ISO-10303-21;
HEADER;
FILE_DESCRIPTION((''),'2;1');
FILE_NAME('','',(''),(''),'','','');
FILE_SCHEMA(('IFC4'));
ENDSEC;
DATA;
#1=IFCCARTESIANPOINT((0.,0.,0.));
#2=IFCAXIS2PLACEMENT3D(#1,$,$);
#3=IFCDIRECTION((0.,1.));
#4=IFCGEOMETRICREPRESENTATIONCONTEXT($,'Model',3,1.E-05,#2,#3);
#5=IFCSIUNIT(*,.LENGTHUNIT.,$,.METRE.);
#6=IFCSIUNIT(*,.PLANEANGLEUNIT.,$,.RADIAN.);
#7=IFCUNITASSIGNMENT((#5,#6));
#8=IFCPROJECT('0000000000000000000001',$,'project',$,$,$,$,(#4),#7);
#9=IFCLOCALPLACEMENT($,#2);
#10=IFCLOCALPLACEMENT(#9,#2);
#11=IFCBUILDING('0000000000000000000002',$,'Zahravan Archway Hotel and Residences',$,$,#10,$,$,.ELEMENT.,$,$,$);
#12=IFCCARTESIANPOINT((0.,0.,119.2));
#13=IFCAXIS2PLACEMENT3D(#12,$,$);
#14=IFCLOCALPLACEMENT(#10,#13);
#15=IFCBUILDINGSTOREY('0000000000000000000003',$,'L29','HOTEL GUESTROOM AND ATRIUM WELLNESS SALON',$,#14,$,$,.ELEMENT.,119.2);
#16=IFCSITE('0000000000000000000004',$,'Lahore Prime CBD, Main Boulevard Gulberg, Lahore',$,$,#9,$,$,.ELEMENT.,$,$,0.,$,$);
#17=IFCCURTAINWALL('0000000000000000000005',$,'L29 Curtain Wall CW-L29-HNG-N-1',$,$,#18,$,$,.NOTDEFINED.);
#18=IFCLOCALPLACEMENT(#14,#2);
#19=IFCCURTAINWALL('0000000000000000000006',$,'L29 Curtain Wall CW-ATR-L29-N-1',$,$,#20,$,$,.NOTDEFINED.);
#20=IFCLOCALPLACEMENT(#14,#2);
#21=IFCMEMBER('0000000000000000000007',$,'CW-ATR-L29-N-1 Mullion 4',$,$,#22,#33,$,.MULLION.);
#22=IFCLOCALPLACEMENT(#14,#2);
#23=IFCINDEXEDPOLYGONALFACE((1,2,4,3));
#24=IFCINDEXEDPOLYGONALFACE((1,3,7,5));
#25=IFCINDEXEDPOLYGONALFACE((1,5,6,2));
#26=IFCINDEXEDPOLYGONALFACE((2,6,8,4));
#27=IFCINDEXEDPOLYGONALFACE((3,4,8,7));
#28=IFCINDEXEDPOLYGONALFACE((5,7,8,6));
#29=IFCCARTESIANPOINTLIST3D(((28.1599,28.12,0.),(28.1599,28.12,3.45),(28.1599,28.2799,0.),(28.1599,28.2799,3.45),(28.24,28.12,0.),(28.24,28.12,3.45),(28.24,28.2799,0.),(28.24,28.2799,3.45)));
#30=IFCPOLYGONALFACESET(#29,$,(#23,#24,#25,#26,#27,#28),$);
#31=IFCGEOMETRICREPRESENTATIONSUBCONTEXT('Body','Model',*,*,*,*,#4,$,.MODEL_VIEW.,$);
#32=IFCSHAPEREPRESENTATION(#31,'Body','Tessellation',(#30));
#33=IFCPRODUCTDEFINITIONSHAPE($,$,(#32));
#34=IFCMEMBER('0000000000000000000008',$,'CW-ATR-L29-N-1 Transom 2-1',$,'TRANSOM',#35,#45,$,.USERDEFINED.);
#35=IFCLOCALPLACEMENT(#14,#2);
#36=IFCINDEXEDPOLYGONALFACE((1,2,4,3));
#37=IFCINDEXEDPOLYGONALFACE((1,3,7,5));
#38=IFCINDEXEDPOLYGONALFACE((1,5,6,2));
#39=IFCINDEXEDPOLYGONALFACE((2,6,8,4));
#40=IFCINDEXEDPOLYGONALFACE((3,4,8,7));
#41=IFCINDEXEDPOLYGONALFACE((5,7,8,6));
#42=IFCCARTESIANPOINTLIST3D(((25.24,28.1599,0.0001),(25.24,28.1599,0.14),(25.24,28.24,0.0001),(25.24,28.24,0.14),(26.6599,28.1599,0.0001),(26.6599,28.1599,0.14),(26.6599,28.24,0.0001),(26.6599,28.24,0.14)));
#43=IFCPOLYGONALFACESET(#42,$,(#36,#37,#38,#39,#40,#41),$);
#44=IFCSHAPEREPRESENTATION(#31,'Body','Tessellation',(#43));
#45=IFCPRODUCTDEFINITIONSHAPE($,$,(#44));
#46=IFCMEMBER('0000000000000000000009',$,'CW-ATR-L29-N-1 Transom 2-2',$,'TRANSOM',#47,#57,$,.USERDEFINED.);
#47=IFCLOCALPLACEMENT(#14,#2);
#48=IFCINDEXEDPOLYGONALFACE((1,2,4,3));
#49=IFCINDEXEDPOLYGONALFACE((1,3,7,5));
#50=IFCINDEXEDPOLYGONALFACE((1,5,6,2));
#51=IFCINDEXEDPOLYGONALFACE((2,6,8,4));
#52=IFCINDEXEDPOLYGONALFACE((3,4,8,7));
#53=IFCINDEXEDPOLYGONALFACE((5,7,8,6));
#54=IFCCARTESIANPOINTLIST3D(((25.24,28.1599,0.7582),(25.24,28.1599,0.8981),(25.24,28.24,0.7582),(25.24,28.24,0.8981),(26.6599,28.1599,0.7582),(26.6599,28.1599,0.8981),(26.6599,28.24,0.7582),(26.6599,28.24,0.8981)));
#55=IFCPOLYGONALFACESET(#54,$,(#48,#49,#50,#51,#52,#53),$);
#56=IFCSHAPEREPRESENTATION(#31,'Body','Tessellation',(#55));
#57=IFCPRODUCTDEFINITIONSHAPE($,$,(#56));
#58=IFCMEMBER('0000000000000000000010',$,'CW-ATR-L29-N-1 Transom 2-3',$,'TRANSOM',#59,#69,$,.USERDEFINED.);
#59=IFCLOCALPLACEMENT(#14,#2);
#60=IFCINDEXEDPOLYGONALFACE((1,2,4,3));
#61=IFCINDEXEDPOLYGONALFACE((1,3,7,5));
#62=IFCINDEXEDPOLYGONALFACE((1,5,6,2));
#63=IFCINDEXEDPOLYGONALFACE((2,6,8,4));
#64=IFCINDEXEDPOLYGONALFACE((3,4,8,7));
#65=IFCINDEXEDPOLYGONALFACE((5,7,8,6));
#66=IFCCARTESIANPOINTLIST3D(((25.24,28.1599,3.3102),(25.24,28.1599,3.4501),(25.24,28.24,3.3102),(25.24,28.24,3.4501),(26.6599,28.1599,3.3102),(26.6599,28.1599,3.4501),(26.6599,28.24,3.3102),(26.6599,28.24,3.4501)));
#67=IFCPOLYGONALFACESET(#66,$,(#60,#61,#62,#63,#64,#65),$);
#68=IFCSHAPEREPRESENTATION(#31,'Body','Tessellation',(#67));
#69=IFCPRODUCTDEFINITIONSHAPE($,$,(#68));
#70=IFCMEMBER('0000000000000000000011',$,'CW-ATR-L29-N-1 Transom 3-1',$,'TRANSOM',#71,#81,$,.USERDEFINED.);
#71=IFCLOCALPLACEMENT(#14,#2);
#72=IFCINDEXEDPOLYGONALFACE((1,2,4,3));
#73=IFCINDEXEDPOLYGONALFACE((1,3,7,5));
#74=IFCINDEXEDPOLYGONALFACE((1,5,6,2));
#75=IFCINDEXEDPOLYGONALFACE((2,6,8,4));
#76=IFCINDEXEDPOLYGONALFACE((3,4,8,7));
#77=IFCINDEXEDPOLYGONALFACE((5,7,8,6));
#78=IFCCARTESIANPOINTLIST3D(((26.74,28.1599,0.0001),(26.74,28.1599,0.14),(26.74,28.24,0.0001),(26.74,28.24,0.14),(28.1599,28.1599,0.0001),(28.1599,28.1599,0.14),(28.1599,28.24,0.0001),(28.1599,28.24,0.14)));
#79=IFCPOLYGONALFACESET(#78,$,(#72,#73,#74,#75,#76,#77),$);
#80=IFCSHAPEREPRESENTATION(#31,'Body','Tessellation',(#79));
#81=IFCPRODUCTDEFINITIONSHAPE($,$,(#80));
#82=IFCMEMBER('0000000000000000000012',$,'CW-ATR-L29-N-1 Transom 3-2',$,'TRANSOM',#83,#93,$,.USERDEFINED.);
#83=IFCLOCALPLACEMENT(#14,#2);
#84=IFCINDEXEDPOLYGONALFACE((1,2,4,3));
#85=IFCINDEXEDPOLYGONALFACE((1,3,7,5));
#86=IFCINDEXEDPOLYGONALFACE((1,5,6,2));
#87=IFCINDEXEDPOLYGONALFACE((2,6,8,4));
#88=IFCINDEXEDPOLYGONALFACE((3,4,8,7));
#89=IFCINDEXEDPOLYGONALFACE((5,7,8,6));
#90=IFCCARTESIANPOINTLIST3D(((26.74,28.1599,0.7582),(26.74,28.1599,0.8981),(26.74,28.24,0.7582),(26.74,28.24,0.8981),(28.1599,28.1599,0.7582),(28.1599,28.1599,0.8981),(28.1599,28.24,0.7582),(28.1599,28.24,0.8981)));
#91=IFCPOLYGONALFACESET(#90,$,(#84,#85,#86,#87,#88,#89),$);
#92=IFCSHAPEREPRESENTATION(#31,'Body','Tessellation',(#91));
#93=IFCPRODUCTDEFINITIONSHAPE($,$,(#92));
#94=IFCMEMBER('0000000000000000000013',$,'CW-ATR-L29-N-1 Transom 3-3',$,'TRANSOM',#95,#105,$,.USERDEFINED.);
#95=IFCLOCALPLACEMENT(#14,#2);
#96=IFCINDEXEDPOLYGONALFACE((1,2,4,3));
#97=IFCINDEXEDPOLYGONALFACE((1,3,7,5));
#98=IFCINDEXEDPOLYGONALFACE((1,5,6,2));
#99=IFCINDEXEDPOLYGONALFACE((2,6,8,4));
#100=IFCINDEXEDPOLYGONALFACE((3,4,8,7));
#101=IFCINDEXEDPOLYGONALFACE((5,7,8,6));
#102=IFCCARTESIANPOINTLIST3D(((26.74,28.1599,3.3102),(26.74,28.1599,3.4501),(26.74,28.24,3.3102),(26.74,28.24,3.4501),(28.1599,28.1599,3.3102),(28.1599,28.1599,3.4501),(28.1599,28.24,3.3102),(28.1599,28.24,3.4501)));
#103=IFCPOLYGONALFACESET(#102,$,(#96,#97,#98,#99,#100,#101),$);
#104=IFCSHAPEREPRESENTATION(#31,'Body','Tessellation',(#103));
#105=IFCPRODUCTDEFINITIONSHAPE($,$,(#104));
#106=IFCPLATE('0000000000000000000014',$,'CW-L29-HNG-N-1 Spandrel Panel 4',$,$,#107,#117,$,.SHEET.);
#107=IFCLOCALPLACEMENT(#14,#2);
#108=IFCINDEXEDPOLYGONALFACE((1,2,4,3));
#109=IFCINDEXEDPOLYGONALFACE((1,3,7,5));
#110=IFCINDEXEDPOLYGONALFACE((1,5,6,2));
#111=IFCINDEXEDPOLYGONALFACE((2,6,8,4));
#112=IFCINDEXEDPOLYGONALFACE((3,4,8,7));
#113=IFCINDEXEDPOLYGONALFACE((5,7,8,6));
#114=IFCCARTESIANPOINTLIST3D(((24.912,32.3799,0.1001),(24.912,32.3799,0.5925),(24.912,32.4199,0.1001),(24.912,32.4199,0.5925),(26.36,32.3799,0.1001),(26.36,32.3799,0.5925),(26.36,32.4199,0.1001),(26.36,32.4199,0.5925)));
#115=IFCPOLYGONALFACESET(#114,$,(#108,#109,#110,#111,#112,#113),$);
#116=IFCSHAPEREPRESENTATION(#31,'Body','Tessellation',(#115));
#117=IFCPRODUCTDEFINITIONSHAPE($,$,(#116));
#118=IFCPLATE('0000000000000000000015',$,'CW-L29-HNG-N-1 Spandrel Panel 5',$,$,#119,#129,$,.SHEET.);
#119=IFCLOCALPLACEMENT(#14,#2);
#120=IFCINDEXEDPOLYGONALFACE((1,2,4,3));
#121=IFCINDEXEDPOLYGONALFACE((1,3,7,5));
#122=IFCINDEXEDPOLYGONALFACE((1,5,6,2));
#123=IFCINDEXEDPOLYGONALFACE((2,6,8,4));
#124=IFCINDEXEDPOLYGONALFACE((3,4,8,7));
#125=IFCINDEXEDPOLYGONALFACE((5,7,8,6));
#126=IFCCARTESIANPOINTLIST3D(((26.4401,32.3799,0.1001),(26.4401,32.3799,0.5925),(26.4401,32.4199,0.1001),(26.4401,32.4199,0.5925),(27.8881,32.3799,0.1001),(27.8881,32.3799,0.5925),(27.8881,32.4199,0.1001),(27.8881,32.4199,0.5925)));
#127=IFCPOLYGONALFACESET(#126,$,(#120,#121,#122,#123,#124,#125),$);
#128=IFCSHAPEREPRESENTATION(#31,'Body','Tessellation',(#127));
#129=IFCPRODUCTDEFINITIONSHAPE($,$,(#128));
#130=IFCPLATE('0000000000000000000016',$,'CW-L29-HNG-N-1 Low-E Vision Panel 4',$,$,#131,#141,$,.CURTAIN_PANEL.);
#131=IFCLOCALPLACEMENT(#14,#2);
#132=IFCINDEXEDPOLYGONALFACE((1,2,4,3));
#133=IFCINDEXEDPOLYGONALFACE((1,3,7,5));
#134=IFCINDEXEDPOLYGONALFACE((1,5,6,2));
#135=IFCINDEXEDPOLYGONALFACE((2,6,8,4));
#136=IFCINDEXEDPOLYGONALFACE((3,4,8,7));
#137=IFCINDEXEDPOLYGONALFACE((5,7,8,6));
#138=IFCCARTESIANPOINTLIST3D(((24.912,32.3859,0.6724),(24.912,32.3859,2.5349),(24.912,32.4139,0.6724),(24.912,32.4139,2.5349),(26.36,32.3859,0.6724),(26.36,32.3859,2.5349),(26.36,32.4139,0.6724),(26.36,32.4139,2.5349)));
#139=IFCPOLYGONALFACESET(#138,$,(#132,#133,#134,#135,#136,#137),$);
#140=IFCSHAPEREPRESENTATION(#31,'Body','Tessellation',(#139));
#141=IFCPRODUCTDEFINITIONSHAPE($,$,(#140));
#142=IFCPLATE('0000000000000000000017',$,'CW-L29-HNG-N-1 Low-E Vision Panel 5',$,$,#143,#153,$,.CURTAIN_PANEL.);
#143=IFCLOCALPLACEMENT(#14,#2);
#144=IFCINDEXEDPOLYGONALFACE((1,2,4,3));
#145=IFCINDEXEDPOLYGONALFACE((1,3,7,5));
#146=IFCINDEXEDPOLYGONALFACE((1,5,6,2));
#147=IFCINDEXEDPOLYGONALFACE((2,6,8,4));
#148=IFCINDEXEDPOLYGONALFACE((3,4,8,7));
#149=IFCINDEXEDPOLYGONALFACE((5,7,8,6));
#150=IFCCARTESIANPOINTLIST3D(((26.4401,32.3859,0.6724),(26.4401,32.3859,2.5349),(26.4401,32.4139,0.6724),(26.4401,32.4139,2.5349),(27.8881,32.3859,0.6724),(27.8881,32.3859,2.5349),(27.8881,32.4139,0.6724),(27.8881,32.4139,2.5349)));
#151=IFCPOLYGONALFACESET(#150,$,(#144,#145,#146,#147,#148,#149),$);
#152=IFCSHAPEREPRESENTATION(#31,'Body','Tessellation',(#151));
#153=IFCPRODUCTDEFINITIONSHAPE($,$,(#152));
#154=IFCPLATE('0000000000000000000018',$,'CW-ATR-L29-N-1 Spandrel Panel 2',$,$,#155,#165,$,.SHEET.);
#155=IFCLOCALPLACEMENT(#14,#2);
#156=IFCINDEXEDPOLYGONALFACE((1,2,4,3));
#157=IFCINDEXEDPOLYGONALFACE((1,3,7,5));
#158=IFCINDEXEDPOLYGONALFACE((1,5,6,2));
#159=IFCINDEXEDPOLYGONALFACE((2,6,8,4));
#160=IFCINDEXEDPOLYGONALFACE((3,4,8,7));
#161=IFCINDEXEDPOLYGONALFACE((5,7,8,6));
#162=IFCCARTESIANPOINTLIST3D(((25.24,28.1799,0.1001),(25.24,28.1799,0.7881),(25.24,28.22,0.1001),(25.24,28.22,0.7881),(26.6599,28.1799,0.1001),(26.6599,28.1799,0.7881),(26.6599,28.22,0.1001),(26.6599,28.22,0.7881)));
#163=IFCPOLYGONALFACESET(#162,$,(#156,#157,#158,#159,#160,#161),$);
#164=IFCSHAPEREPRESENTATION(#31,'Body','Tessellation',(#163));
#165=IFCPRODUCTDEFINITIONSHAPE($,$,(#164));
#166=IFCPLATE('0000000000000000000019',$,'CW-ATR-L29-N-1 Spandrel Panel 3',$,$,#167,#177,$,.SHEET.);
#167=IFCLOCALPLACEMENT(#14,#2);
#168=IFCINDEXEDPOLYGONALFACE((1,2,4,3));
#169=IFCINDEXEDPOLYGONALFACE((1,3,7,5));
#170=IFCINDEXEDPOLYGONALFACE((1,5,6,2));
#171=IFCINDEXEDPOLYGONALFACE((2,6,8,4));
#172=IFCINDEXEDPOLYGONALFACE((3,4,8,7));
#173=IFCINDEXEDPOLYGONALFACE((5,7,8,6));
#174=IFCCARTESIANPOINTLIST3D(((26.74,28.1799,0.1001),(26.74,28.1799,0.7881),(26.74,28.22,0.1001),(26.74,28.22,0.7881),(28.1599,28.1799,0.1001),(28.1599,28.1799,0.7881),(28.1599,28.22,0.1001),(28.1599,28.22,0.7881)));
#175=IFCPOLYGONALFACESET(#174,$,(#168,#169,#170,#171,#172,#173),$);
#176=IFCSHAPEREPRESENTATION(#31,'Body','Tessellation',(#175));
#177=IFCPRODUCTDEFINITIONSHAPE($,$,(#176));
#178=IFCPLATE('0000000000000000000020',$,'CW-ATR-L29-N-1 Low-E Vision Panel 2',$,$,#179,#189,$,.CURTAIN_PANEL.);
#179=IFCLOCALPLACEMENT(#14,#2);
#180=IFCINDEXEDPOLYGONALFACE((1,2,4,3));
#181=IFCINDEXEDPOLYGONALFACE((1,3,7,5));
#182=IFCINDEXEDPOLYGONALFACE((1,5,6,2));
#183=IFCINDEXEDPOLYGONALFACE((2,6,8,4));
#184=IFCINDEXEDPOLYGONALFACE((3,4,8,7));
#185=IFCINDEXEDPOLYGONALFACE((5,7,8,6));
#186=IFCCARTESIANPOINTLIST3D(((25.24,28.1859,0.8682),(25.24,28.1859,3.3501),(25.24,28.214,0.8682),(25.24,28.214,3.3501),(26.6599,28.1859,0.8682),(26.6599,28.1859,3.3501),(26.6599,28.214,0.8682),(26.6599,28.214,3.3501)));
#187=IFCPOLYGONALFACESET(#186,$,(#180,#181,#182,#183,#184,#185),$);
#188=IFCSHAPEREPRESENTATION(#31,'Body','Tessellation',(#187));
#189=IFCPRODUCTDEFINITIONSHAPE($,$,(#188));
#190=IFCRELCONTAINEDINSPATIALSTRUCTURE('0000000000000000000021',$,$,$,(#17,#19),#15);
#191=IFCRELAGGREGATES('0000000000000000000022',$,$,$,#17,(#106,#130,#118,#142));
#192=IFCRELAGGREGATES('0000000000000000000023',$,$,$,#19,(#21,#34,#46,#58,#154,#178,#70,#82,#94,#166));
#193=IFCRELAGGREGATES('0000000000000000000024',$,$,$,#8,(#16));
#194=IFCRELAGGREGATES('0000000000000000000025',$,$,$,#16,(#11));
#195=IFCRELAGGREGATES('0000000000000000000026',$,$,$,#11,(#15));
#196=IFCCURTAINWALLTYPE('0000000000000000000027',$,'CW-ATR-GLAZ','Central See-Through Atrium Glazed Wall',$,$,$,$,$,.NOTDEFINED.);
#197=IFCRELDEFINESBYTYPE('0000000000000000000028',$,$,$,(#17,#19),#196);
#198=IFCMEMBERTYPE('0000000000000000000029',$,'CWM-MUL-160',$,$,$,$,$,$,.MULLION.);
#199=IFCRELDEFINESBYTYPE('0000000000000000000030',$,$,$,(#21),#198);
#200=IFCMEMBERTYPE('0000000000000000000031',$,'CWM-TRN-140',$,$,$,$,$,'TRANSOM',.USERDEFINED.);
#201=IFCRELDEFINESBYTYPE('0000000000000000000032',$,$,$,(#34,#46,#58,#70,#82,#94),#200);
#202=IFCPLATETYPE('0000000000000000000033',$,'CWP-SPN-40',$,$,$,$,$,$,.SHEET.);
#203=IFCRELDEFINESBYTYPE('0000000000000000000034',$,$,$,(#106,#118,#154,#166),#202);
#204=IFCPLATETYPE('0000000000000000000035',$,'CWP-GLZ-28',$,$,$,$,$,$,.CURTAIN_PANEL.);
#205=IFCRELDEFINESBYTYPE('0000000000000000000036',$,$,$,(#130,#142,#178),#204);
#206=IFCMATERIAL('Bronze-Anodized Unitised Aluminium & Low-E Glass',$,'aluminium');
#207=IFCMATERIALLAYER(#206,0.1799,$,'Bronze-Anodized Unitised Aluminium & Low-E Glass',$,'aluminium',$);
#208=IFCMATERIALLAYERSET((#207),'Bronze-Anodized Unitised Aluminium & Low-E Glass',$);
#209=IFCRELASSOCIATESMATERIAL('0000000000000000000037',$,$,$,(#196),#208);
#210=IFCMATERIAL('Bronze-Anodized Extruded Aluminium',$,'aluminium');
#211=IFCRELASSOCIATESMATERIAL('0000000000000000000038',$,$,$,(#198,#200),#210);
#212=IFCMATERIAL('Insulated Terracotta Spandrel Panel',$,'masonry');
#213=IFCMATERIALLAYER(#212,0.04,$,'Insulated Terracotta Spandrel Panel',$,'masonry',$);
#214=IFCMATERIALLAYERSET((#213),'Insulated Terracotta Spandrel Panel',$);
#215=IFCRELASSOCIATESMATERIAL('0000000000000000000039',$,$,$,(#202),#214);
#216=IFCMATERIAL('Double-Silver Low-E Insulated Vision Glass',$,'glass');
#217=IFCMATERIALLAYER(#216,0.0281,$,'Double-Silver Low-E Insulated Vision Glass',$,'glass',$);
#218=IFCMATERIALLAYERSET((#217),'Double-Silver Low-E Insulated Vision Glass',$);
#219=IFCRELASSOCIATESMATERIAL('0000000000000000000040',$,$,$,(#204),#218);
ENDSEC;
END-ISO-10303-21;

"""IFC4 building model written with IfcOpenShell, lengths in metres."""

from ifc_helpers import new_model, si_unit, direction, frame, origin, origin_2d, place, context, subcontext, project, spatial, rectangle, extrude, source, transform, mapped, material, layer, layer_set, material_profile, profile_set, type_object, element, aggregate, save


model = new_model("IFC4")

# Units and contexts
model_context = context("Model", 3, precision=1e-05, world=origin(), true_north=direction((0.0, 1.0)))
body_context = subcontext(model_context, "Body", "Model", "MODEL_VIEW")
ifc_project = project(units=[si_unit("LENGTHUNIT", "METRE"), si_unit("PLANEANGLEUNIT", "RADIAN")], contexts=[model_context])

# Site, building, storey
site_placement = place(None, origin())
site = spatial("IfcSite", under=ifc_project, at=site_placement, Name="Lahore Prime CBD, Main Boulevard Gulberg, Lahore", CompositionType="ELEMENT", RefElevation=0.0)
building_placement = place(site_placement, origin())
building = spatial("IfcBuilding", under=site, at=building_placement, Name="Zahravan Archway Hotel and Residences", CompositionType="ELEMENT")
storey_placement = place(building_placement, frame((0.0, 0.0, 119.2)))
storey = spatial("IfcBuildingStorey", under=building, at=storey_placement, Name="L29", Description="HOTEL GUESTROOM AND ATRIUM WELLNESS SALON", CompositionType="ELEMENT", Elevation=119.2)

# Curtain walls, members
ifc_material_1 = material(Name="Bronze-Anodized Unitised Aluminium & Low-E Glass", Category="aluminium")
ifc_layer_1 = layer(ifc_material_1, 0.1799, Name="Bronze-Anodized Unitised Aluminium & Low-E Glass", Category="aluminium")
ifc_layer_set_1 = layer_set([ifc_layer_1], Name="Bronze-Anodized Unitised Aluminium & Low-E Glass")
curtain_wall_type = type_object("IfcCurtainWallType", Name="CW-ATR-GLAZ", Description="Central See-Through Atrium Glazed Wall", PredefinedType="NOTDEFINED", material=ifc_layer_set_1)
curtain_wall_1_placement = place(storey_placement, origin())
curtain_wall_1 = element("IfcCurtainWall", 1, at=curtain_wall_1_placement, inside=storey, type_object=curtain_wall_type, Name="L29 Curtain Wall CW-L29-HNG-N-1", PredefinedType="NOTDEFINED")
ifc_material_2 = material(Name="Bronze-Anodized Extruded Aluminium", Category="aluminium")
ifc_material_profile_1 = material_profile(ifc_material_2, rectangle(XDim=0.0801, YDim=0.1599, at=origin_2d()), Name="MUL 80x160", Category="aluminium")
ifc_profile_set_1 = profile_set([ifc_material_profile_1], Name="Bronze-Anodized Extruded Aluminium")
member_type_1 = type_object("IfcMemberType", Name="CWM-MUL-160", PredefinedType="MULLION", material=ifc_profile_set_1)
ifc_material_profile_2 = material_profile(ifc_material_2, rectangle(XDim=0.0801, YDim=0.1399, at=origin_2d()), Name="TRN 80x140", Category="aluminium")
ifc_profile_set_2 = profile_set([ifc_material_profile_2], Name="Bronze-Anodized Extruded Aluminium")
member_type_2 = type_object("IfcMemberType", Name="CWM-TRN-140", ElementType="TRANSOM", PredefinedType="USERDEFINED", material=ifc_profile_set_2)
curtain_wall_2_placement = place(storey_placement, origin())
curtain_wall_2 = element("IfcCurtainWall", 2, at=curtain_wall_2_placement, inside=storey, type_object=curtain_wall_type, Name="L29 Curtain Wall CW-ATR-L29-N-1", PredefinedType="NOTDEFINED")
shared_shape_1 = source(origin(), body_context, "Body", "SweptSolid", [
    extrude(rectangle(XDim=0.0801, YDim=0.1599, at=origin_2d()), origin(), (0.0, 0.0, 1.0), 3.45),
])
member_1_placement = place(storey_placement, frame((28.2, 28.2, 0.0), z_axis=(0.0, 0.0, 1.0), x_axis=(1.0, 0.0, 0.0)))
member_1 = element("IfcMember", 3, at=member_1_placement, type_object=member_type_1, Name="CW-ATR-L29-N-1 Mullion 4", PredefinedType="MULLION", context=body_context, shape_type="MappedRepresentation", body=[
    mapped(shared_shape_1, transform((0.0, 0.0, 0.0), scale=1.0)),
])
shared_shape_2 = source(origin(), body_context, "Body", "SweptSolid", [
    extrude(rectangle(XDim=0.0801, YDim=0.1399, at=origin_2d()), origin(), (0.0, 0.0, 1.0), 1.4199),
])
member_2_placement = place(storey_placement, frame((25.24, 28.2, 0.0701), z_axis=(1.0, 0.0, 0.0), x_axis=(0.0, 1.0, 0.0)))
member_2 = element("IfcMember", 4, at=member_2_placement, type_object=member_type_2, Name="CW-ATR-L29-N-1 Transom 2-1", ObjectType="TRANSOM", PredefinedType="USERDEFINED", context=body_context, shape_type="MappedRepresentation", body=[
    mapped(shared_shape_2, transform((0.0, 0.0, 0.0), scale=1.0)),
])
member_3_placement = place(storey_placement, frame((25.24, 28.2, 0.8281), z_axis=(1.0, 0.0, 0.0), x_axis=(0.0, 1.0, 0.0)))
member_3 = element("IfcMember", 5, at=member_3_placement, type_object=member_type_2, Name="CW-ATR-L29-N-1 Transom 2-2", ObjectType="TRANSOM", PredefinedType="USERDEFINED", context=body_context, shape_type="MappedRepresentation", body=[
    mapped(shared_shape_2, transform((0.0, 0.0, 0.0), scale=1.0)),
])
member_4_placement = place(storey_placement, frame((25.24, 28.2, 3.3801), z_axis=(1.0, 0.0, 0.0), x_axis=(0.0, 1.0, 0.0)))
member_4 = element("IfcMember", 6, at=member_4_placement, type_object=member_type_2, Name="CW-ATR-L29-N-1 Transom 2-3", ObjectType="TRANSOM", PredefinedType="USERDEFINED", context=body_context, shape_type="MappedRepresentation", body=[
    mapped(shared_shape_2, transform((0.0, 0.0, 0.0), scale=1.0)),
])
member_5_placement = place(storey_placement, frame((26.74, 28.2, 0.0701), z_axis=(1.0, 0.0, 0.0), x_axis=(0.0, 1.0, 0.0)))
member_5 = element("IfcMember", 7, at=member_5_placement, type_object=member_type_2, Name="CW-ATR-L29-N-1 Transom 3-1", ObjectType="TRANSOM", PredefinedType="USERDEFINED", context=body_context, shape_type="MappedRepresentation", body=[
    mapped(shared_shape_2, transform((0.0, 0.0, 0.0), scale=1.0)),
])
member_6_placement = place(storey_placement, frame((26.74, 28.2, 0.8281), z_axis=(1.0, 0.0, 0.0), x_axis=(0.0, 1.0, 0.0)))
member_6 = element("IfcMember", 8, at=member_6_placement, type_object=member_type_2, Name="CW-ATR-L29-N-1 Transom 3-2", ObjectType="TRANSOM", PredefinedType="USERDEFINED", context=body_context, shape_type="MappedRepresentation", body=[
    mapped(shared_shape_2, transform((0.0, 0.0, 0.0), scale=1.0)),
])
member_7_placement = place(storey_placement, frame((26.74, 28.2, 3.3801), z_axis=(1.0, 0.0, 0.0), x_axis=(0.0, 1.0, 0.0)))
member_7 = element("IfcMember", 9, at=member_7_placement, type_object=member_type_2, Name="CW-ATR-L29-N-1 Transom 3-3", ObjectType="TRANSOM", PredefinedType="USERDEFINED", context=body_context, shape_type="MappedRepresentation", body=[
    mapped(shared_shape_2, transform((0.0, 0.0, 0.0), scale=1.0)),
])

# Plates
ifc_material_3 = material(Name="Insulated Terracotta Spandrel Panel", Category="masonry")
ifc_layer_2 = layer(ifc_material_3, 0.04, Name="Insulated Terracotta Spandrel Panel", Category="masonry")
ifc_layer_set_2 = layer_set([ifc_layer_2], Name="Insulated Terracotta Spandrel Panel")
plate_type_1 = type_object("IfcPlateType", Name="CWP-SPN-40", PredefinedType="SHEET", material=ifc_layer_set_2)
shared_shape_3 = source(origin(), body_context, "Body", "SweptSolid", [
    extrude(rectangle(XDim=1.448, YDim=0.04, at=origin_2d()), origin(), (0.0, 0.0, 1.0), 0.4924),
])
plate_1_placement = place(storey_placement, frame((25.636, 32.3999, 0.1001), z_axis=(0.0, 0.0, 1.0), x_axis=(1.0, 0.0, 0.0)))
plate_1 = element("IfcPlate", 10, at=plate_1_placement, type_object=plate_type_1, Name="CW-L29-HNG-N-1 Spandrel Panel 4", PredefinedType="SHEET", context=body_context, shape_type="MappedRepresentation", body=[
    mapped(shared_shape_3, transform((0.0, 0.0, 0.0), scale=1.0)),
])
plate_2_placement = place(storey_placement, frame((27.1641, 32.3999, 0.1001), z_axis=(0.0, 0.0, 1.0), x_axis=(1.0, 0.0, 0.0)))
plate_2 = element("IfcPlate", 11, at=plate_2_placement, type_object=plate_type_1, Name="CW-L29-HNG-N-1 Spandrel Panel 5", PredefinedType="SHEET", context=body_context, shape_type="MappedRepresentation", body=[
    mapped(shared_shape_3, transform((0.0, 0.0, 0.0), scale=1.0)),
])
ifc_material_4 = material(Name="Double-Silver Low-E Insulated Vision Glass", Category="glass")
ifc_layer_3 = layer(ifc_material_4, 0.0281, Name="Double-Silver Low-E Insulated Vision Glass", Category="glass")
ifc_layer_set_3 = layer_set([ifc_layer_3], Name="Double-Silver Low-E Insulated Vision Glass")
plate_type_2 = type_object("IfcPlateType", Name="CWP-GLZ-28", PredefinedType="CURTAIN_PANEL", material=ifc_layer_set_3)
shared_shape_4 = source(origin(), body_context, "Body", "SweptSolid", [
    extrude(rectangle(XDim=1.448, YDim=0.0281, at=origin_2d()), origin(), (0.0, 0.0, 1.0), 1.8625),
])
plate_3_placement = place(storey_placement, frame((25.636, 32.3999, 0.6724), z_axis=(0.0, 0.0, 1.0), x_axis=(1.0, 0.0, 0.0)))
plate_3 = element("IfcPlate", 12, at=plate_3_placement, type_object=plate_type_2, Name="CW-L29-HNG-N-1 Low-E Vision Panel 4", PredefinedType="CURTAIN_PANEL", context=body_context, shape_type="MappedRepresentation", body=[
    mapped(shared_shape_4, transform((0.0, 0.0, 0.0), scale=1.0)),
])
plate_4_placement = place(storey_placement, frame((27.1641, 32.3999, 0.6724), z_axis=(0.0, 0.0, 1.0), x_axis=(1.0, 0.0, 0.0)))
plate_4 = element("IfcPlate", 13, at=plate_4_placement, type_object=plate_type_2, Name="CW-L29-HNG-N-1 Low-E Vision Panel 5", PredefinedType="CURTAIN_PANEL", context=body_context, shape_type="MappedRepresentation", body=[
    mapped(shared_shape_4, transform((0.0, 0.0, 0.0), scale=1.0)),
])
aggregate(curtain_wall_1, [plate_1, plate_3, plate_2, plate_4])
shared_shape_5 = source(origin(), body_context, "Body", "SweptSolid", [
    extrude(rectangle(XDim=1.4199, YDim=0.04, at=origin_2d()), origin(), (0.0, 0.0, 1.0), 0.688),
])
plate_5_placement = place(storey_placement, frame((25.95, 28.2, 0.1001), z_axis=(0.0, 0.0, 1.0), x_axis=(1.0, 0.0, 0.0)))
plate_5 = element("IfcPlate", 14, at=plate_5_placement, type_object=plate_type_1, Name="CW-ATR-L29-N-1 Spandrel Panel 2", PredefinedType="SHEET", context=body_context, shape_type="MappedRepresentation", body=[
    mapped(shared_shape_5, transform((0.0, 0.0, 0.0), scale=1.0)),
])
plate_6_placement = place(storey_placement, frame((27.45, 28.2, 0.1001), z_axis=(0.0, 0.0, 1.0), x_axis=(1.0, 0.0, 0.0)))
plate_6 = element("IfcPlate", 15, at=plate_6_placement, type_object=plate_type_1, Name="CW-ATR-L29-N-1 Spandrel Panel 3", PredefinedType="SHEET", context=body_context, shape_type="MappedRepresentation", body=[
    mapped(shared_shape_5, transform((0.0, 0.0, 0.0), scale=1.0)),
])
shared_shape_6 = source(origin(), body_context, "Body", "SweptSolid", [
    extrude(rectangle(XDim=1.4199, YDim=0.0281, at=origin_2d()), origin(), (0.0, 0.0, 1.0), 2.4819),
])
plate_7_placement = place(storey_placement, frame((25.95, 28.2, 0.8682), z_axis=(0.0, 0.0, 1.0), x_axis=(1.0, 0.0, 0.0)))
plate_7 = element("IfcPlate", 16, at=plate_7_placement, type_object=plate_type_2, Name="CW-ATR-L29-N-1 Low-E Vision Panel 2", PredefinedType="CURTAIN_PANEL", context=body_context, shape_type="MappedRepresentation", body=[
    mapped(shared_shape_6, transform((0.0, 0.0, 0.0), scale=1.0)),
])
aggregate(curtain_wall_2, [member_1, member_2, member_3, member_4, plate_5, plate_7, member_5, member_6, member_7, plate_6])

save(model, "model.ifc")
